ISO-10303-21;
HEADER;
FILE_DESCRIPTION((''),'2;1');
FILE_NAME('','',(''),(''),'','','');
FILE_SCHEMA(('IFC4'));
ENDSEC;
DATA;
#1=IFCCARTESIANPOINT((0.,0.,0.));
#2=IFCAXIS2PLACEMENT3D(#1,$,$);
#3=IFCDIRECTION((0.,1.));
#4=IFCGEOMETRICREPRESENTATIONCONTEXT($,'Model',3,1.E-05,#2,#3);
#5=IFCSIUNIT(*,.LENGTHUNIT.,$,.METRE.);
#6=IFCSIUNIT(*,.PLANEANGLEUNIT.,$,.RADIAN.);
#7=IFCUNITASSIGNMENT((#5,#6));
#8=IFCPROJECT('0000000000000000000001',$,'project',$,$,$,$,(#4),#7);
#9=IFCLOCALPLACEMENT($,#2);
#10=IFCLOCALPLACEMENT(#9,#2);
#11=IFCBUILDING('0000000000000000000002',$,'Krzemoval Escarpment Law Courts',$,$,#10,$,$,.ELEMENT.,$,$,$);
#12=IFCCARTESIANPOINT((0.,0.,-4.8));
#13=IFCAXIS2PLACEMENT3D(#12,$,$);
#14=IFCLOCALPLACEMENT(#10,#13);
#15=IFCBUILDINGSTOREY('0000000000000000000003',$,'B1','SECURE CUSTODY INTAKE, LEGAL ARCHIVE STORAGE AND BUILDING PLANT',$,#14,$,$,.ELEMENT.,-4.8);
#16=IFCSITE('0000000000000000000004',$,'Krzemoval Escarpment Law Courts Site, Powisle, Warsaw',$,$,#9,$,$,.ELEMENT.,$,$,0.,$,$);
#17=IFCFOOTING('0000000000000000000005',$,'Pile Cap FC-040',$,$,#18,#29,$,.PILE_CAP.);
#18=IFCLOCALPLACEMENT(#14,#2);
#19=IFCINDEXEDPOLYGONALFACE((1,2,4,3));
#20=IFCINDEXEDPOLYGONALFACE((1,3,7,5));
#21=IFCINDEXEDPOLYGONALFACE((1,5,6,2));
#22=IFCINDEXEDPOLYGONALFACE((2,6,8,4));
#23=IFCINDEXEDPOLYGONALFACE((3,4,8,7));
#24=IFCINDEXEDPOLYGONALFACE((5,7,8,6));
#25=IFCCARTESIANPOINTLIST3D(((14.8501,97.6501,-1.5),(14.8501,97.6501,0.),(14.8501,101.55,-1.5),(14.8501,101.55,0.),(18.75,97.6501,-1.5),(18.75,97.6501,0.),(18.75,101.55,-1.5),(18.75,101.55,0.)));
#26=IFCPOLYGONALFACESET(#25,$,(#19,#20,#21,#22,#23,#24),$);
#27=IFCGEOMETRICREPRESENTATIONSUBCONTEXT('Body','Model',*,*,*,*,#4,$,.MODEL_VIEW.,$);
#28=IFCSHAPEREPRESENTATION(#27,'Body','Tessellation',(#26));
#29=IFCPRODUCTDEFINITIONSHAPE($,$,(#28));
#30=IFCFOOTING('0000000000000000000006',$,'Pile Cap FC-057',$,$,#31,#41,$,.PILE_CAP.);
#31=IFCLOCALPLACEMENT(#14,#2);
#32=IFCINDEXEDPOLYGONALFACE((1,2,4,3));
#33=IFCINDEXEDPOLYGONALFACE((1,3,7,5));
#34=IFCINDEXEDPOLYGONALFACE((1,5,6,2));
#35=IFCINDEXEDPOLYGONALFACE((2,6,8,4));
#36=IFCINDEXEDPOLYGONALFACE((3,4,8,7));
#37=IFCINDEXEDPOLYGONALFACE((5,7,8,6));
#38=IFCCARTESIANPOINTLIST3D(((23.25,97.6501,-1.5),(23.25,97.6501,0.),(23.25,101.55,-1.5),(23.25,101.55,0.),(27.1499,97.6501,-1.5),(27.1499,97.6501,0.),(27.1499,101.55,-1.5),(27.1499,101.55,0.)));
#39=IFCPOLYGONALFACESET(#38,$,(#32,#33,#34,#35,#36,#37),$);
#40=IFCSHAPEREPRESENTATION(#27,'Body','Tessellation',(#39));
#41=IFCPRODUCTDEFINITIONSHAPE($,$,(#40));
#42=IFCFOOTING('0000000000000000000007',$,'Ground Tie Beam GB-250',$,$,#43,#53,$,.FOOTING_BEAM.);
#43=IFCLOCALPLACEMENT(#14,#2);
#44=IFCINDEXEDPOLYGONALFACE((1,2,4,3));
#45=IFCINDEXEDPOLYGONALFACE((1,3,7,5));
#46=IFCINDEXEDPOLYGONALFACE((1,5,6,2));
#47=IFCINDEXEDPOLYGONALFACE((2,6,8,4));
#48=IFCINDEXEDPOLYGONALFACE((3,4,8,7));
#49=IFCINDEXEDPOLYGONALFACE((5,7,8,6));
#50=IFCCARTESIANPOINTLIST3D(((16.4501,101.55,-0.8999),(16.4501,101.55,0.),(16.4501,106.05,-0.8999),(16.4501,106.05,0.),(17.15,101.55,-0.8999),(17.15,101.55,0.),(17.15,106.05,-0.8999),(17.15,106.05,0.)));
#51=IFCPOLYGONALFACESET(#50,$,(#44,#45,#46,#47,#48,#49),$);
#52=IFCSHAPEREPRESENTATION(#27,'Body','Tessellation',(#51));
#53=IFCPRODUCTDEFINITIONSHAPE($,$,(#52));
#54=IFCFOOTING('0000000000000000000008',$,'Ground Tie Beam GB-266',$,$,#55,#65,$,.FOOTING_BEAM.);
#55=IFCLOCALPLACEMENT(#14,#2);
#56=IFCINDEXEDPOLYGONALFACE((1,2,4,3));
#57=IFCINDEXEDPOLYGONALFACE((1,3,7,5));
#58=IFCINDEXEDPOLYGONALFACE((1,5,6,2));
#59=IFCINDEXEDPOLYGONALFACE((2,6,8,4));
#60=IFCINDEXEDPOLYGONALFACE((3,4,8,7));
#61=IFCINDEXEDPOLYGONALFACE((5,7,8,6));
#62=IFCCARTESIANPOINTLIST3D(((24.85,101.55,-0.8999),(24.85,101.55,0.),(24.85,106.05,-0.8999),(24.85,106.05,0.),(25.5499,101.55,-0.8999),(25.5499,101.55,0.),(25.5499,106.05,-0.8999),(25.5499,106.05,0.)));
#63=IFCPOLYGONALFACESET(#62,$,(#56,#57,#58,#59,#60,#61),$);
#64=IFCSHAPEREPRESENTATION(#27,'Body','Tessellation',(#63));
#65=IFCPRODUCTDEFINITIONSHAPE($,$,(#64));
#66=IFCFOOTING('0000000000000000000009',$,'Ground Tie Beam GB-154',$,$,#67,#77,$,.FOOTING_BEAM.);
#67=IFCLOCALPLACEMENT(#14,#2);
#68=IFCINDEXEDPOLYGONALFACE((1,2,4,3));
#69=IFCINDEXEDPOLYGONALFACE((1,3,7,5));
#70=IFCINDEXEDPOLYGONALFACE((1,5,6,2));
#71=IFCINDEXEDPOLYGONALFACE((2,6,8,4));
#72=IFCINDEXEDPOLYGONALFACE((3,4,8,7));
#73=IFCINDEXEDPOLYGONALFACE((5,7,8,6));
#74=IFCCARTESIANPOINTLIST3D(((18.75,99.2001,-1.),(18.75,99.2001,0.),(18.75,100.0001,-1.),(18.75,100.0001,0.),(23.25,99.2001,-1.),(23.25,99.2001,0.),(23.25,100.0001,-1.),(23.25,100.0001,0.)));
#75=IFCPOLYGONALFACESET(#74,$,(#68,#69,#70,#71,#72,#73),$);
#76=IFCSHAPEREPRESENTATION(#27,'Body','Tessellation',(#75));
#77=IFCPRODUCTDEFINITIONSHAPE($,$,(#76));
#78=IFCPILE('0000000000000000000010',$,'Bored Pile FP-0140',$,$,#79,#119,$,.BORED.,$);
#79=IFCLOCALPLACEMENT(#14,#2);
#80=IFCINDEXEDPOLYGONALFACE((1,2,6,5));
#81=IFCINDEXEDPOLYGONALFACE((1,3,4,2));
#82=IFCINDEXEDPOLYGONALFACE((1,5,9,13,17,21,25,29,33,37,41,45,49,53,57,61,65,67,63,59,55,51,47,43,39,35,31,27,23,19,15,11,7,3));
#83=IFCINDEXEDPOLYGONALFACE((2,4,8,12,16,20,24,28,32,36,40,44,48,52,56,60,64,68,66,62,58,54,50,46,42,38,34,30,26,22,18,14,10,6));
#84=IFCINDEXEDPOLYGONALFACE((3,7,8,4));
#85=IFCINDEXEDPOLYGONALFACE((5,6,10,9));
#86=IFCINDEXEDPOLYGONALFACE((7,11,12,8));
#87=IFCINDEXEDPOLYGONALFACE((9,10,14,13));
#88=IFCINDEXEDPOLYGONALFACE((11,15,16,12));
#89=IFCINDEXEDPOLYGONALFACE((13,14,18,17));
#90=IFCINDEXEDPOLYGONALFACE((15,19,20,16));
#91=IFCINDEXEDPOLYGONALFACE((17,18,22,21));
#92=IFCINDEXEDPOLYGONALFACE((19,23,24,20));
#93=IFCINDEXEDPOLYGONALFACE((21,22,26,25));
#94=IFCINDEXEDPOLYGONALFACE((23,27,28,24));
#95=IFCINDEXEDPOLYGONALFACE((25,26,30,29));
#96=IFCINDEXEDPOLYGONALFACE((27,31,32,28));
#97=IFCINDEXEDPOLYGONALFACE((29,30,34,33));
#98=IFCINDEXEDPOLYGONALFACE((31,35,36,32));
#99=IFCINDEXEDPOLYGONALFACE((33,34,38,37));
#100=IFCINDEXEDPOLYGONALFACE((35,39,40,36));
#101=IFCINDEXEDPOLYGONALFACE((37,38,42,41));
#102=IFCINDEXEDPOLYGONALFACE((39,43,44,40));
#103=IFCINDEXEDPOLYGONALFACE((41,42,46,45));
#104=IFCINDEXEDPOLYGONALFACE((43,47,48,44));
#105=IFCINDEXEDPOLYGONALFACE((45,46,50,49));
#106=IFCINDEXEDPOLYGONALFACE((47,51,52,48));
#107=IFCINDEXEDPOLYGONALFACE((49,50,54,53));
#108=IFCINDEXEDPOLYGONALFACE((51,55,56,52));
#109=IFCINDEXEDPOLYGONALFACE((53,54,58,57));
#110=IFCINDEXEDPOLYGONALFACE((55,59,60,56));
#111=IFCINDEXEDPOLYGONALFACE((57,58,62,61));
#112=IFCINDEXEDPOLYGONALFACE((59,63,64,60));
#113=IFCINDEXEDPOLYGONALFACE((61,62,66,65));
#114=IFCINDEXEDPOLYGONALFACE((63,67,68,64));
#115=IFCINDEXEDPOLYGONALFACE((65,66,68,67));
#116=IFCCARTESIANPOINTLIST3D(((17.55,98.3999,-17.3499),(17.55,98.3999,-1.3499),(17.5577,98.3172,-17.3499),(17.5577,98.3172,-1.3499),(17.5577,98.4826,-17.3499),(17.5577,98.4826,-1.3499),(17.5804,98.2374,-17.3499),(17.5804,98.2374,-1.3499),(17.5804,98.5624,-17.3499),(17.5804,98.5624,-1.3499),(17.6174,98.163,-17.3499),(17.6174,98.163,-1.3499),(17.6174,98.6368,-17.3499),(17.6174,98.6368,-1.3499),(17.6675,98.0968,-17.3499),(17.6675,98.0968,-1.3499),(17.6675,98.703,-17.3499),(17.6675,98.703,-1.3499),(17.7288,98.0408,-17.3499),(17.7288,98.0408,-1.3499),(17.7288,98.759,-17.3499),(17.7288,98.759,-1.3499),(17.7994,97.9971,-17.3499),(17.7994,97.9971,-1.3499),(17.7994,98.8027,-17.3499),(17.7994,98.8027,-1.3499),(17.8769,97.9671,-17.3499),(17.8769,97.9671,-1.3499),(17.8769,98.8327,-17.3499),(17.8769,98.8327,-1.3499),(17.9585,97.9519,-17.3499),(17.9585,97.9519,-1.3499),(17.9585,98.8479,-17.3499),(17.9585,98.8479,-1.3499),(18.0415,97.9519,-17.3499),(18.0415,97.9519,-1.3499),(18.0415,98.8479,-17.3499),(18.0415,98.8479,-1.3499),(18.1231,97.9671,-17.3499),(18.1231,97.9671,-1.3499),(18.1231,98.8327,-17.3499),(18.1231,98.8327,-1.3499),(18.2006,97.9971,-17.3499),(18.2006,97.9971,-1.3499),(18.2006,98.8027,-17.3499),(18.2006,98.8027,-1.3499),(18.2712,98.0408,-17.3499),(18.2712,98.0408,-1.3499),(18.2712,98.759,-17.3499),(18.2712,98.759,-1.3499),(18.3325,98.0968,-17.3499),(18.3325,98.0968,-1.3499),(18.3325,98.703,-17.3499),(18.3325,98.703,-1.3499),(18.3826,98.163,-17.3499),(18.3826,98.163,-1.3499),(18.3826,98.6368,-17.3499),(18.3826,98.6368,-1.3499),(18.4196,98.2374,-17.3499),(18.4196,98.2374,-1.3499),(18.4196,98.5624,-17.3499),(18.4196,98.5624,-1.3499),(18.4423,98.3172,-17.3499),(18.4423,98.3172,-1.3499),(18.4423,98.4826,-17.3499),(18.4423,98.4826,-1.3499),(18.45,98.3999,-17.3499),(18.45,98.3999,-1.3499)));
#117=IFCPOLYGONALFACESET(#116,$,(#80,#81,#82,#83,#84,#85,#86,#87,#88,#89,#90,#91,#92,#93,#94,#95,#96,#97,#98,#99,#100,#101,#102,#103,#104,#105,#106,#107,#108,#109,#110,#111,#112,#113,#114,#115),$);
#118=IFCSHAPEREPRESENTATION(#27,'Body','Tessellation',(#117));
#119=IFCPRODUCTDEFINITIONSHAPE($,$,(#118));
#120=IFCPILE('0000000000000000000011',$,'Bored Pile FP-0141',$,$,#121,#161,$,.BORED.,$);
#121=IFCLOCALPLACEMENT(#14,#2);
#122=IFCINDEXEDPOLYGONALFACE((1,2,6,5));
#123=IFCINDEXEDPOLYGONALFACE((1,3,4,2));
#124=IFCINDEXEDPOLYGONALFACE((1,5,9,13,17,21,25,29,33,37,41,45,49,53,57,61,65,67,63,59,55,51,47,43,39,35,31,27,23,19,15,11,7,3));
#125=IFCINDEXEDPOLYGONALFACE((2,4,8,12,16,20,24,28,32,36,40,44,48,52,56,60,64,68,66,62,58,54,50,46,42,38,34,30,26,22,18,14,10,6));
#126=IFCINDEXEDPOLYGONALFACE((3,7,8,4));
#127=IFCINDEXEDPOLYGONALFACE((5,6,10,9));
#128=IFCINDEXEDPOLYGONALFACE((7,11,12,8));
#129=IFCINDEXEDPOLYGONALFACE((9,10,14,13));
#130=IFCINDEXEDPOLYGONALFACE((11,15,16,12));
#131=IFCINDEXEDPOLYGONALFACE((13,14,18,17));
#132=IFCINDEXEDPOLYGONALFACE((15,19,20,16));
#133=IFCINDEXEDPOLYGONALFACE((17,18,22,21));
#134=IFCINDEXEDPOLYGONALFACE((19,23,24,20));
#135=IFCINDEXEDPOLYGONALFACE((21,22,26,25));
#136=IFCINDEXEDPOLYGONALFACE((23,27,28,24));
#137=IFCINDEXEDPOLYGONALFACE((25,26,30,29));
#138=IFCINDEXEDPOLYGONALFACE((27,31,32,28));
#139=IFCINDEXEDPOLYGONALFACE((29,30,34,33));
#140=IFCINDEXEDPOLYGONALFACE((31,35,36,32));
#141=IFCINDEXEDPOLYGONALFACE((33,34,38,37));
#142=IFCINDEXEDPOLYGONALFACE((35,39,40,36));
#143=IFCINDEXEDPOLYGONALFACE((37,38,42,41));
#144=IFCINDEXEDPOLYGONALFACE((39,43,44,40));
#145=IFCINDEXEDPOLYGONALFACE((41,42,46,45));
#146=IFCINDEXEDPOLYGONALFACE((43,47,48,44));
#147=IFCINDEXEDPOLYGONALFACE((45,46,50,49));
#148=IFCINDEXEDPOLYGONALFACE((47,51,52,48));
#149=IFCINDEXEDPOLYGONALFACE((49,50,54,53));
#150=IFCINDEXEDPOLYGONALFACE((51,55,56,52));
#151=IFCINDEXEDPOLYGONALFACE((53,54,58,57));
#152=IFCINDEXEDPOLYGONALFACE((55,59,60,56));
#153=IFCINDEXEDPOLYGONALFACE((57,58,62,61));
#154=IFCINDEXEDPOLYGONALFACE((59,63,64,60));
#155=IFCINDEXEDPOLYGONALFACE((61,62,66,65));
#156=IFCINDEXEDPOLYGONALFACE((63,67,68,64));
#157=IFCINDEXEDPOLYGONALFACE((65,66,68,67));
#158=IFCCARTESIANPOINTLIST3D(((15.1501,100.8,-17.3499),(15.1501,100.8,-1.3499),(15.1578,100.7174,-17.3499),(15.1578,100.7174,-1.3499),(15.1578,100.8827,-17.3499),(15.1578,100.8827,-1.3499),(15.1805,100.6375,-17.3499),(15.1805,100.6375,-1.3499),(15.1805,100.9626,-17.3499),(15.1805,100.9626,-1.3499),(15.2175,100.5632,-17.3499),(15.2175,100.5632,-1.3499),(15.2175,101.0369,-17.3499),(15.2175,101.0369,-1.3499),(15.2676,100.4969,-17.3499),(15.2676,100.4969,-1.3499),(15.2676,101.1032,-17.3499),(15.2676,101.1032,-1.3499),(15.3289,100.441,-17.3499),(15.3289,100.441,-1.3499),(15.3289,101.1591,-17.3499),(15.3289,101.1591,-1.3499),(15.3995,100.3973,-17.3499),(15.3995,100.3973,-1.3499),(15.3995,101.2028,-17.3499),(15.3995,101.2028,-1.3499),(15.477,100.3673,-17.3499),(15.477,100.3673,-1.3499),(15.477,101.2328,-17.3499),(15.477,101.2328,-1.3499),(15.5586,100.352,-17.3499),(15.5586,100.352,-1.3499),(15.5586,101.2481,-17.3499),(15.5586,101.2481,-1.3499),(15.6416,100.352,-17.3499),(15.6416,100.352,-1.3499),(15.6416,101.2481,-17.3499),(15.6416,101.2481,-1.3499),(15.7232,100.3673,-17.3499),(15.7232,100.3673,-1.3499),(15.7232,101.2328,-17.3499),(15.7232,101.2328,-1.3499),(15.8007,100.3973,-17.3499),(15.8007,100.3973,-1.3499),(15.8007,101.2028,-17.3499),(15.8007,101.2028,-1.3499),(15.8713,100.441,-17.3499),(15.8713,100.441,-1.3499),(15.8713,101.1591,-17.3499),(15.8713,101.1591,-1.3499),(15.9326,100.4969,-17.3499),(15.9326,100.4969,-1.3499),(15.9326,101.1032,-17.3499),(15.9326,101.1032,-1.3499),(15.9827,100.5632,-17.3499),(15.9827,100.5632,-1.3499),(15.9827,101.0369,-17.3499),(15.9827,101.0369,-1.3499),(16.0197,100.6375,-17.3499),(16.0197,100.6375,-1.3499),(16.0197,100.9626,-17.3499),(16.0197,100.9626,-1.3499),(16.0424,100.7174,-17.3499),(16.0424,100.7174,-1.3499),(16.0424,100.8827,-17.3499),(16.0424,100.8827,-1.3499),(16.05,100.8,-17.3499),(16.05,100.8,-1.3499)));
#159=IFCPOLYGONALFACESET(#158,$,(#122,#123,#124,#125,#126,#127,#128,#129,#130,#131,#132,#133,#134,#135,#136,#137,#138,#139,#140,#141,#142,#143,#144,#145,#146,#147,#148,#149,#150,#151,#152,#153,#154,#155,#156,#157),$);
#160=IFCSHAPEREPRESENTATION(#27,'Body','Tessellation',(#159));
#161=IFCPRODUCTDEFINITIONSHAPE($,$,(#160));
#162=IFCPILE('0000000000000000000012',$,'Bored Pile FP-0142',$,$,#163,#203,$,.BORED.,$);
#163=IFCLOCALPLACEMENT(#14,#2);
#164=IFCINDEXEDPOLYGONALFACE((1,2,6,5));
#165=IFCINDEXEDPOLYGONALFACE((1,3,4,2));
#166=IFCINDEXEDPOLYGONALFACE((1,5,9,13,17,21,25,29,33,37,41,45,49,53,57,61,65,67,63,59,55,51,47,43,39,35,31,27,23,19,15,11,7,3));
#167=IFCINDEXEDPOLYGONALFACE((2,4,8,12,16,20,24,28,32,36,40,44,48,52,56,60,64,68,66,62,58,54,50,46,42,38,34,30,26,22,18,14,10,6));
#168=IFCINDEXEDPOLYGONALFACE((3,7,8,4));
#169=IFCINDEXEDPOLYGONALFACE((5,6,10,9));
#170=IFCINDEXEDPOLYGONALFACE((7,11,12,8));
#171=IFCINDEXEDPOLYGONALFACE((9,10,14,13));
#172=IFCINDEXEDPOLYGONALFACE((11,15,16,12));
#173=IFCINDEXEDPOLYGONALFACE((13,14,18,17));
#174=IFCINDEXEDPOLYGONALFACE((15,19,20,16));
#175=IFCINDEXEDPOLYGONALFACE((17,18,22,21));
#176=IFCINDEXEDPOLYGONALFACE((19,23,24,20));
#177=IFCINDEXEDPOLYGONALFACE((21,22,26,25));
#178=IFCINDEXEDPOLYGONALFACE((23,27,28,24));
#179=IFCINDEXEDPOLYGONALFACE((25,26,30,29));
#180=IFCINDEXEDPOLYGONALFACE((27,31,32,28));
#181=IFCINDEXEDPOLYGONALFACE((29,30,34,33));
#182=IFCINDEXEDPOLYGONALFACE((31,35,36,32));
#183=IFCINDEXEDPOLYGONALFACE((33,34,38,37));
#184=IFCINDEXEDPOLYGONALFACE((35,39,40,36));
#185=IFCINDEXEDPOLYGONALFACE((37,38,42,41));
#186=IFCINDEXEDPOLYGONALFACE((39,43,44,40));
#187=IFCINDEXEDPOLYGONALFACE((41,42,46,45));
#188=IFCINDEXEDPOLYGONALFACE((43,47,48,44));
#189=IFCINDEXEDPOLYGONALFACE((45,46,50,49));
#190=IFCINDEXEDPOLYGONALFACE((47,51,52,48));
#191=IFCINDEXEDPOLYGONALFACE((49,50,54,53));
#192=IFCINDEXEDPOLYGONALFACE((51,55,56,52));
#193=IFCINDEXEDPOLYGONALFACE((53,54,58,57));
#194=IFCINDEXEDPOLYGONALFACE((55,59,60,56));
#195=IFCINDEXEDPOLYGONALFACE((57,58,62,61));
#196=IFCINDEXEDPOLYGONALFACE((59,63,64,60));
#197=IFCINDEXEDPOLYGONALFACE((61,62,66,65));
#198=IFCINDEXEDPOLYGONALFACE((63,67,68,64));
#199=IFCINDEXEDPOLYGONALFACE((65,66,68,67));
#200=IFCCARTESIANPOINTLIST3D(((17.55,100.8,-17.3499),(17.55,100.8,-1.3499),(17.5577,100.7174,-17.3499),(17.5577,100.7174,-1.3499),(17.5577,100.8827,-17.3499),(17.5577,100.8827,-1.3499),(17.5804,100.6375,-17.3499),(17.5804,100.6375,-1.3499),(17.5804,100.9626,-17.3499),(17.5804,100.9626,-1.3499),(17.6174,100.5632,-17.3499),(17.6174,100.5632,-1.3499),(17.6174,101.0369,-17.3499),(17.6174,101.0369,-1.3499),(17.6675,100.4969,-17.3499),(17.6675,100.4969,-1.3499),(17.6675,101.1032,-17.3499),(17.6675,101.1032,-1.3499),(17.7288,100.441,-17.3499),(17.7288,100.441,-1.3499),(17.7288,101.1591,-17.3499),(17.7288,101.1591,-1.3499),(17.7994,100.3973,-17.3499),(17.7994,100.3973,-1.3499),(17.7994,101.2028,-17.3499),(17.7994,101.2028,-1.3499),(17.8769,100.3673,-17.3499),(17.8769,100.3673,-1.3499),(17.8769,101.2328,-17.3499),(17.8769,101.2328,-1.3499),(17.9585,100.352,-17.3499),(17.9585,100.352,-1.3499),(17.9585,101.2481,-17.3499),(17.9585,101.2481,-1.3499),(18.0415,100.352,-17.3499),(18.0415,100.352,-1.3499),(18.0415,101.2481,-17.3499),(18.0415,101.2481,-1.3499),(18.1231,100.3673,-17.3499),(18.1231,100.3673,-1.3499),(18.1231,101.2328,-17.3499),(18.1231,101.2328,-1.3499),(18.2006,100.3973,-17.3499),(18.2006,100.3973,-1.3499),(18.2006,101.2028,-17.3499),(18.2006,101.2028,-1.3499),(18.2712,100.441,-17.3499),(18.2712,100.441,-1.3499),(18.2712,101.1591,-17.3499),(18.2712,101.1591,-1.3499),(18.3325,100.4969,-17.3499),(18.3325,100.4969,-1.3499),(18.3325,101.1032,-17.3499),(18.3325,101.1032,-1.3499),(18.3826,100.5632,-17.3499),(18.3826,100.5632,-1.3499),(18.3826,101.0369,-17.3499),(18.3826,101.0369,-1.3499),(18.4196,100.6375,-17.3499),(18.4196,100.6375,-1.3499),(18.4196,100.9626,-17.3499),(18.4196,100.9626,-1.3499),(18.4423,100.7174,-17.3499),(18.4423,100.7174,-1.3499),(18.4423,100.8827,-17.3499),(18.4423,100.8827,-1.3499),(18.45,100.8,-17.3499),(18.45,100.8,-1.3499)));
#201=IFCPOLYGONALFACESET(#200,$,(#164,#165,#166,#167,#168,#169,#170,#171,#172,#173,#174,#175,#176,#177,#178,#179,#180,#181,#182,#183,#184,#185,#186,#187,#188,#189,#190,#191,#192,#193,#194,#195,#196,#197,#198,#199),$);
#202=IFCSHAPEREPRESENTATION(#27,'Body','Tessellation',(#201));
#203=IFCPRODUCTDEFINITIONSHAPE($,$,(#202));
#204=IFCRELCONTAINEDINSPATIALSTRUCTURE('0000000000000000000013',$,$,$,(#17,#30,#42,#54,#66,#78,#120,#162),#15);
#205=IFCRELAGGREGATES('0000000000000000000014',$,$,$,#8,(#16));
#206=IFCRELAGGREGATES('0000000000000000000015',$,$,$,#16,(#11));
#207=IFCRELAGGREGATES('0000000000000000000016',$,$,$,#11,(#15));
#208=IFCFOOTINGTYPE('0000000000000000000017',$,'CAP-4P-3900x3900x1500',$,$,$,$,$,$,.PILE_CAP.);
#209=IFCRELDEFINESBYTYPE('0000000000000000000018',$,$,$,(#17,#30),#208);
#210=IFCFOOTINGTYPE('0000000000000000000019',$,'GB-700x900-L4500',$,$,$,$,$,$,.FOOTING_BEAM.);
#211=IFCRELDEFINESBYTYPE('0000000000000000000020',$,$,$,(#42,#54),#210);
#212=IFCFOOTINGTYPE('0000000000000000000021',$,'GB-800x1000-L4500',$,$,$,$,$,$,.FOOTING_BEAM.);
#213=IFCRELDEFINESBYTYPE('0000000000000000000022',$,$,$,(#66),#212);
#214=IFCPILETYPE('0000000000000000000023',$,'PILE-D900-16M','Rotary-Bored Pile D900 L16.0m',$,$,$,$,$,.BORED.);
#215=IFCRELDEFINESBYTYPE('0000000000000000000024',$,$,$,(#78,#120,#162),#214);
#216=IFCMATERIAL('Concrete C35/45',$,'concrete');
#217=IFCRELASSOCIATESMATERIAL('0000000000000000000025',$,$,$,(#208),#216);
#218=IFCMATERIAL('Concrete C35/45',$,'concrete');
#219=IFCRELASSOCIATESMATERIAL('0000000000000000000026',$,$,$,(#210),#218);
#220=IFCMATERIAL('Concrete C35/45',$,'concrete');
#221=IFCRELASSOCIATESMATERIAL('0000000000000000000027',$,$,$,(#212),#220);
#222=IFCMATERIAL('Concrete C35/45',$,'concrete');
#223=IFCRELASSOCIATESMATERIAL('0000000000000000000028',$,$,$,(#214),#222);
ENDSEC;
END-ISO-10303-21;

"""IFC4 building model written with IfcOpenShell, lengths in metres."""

from ifc_helpers import new_model, si_unit, direction, frame, origin, origin_2d, place, context, subcontext, project, spatial, rectangle, circle, extrude, material, material_profile, profile_set, type_object, element, save


model = new_model("IFC4")

# Units and contexts
model_context = context("Model", 3, precision=1e-05, world=origin(), true_north=direction((0.0, 1.0)))
body_context = subcontext(model_context, "Body", "Model", "MODEL_VIEW")
ifc_project = project(units=[si_unit("LENGTHUNIT", "METRE"), si_unit("PLANEANGLEUNIT", "RADIAN")], contexts=[model_context])

# Site, building, storey
site_placement = place(None, origin())
site = spatial("IfcSite", under=ifc_project, at=site_placement, Name="Krzemoval Escarpment Law Courts Site, Powisle, Warsaw", CompositionType="ELEMENT", RefElevation=0.0)
building_placement = place(site_placement, origin())
building = spatial("IfcBuilding", under=site, at=building_placement, Name="Krzemoval Escarpment Law Courts", CompositionType="ELEMENT")
storey_placement = place(building_placement, frame((0.0, 0.0, -4.8)))
storey = spatial("IfcBuildingStorey", under=building, at=storey_placement, Name="B1", Description="SECURE CUSTODY INTAKE, LEGAL ARCHIVE STORAGE AND BUILDING PLANT", CompositionType="ELEMENT", Elevation=-4.8)

# Footings
ifc_material_1 = material(Name="Concrete C35/45", Category="concrete")
footing_type_1 = type_object("IfcFootingType", Name="CAP-4P-3900x3900x1500", PredefinedType="PILE_CAP", material=ifc_material_1)
for number, where, z_axis, x_axis, name in (
    (1, (16.8, 99.6001, -1.5), (0.0, 0.0, 1.0), (1.0, 0.0, 0.0), "Pile Cap FC-040"),
    (2, (25.2, 99.6001, -1.5), (0.0, 0.0, 1.0), (1.0, 0.0, 0.0), "Pile Cap FC-057"),
):
    element("IfcFooting", number, at=place(storey_placement, frame(where, z_axis=z_axis, x_axis=x_axis)), inside=storey, type_object=footing_type_1, Name=name, PredefinedType="PILE_CAP", context=body_context, shape_type="SweptSolid", body=[
        extrude(rectangle(XDim=3.8999, YDim=3.8999, at=origin_2d()), origin(), (0.0, 0.0, 1.0), 1.5),
    ])
ifc_material_2 = material(Name="Concrete C35/45", Category="concrete")
footing_type_2 = type_object("IfcFootingType", Name="GB-700x900-L4500", PredefinedType="FOOTING_BEAM", material=ifc_material_2)
for number, where, z_axis, x_axis, name in (
    (3, (16.8, 103.8, -0.8999), (0.0, 0.0, 1.0), (0.0, 1.0, 0.0), "Ground Tie Beam GB-250"),
    (4, (25.2, 103.8, -0.8999), (0.0, 0.0, 1.0), (0.0, 1.0, 0.0), "Ground Tie Beam GB-266"),
):
    element("IfcFooting", number, at=place(storey_placement, frame(where, z_axis=z_axis, x_axis=x_axis)), inside=storey, type_object=footing_type_2, Name=name, PredefinedType="FOOTING_BEAM", context=body_context, shape_type="SweptSolid", body=[
        extrude(rectangle(XDim=4.5, YDim=0.7, at=origin_2d()), origin(), (0.0, 0.0, 1.0), 0.8999),
    ])
ifc_material_3 = material(Name="Concrete C35/45", Category="concrete")
footing_type_3 = type_object("IfcFootingType", Name="GB-800x1000-L4500", PredefinedType="FOOTING_BEAM", material=ifc_material_3)
footing_placement = place(storey_placement, frame((21.0, 99.6001, -1.0), z_axis=(0.0, 0.0, 1.0), x_axis=(1.0, 0.0, 0.0)))
element("IfcFooting", 5, at=footing_placement, inside=storey, type_object=footing_type_3, Name="Ground Tie Beam GB-154", PredefinedType="FOOTING_BEAM", context=body_context, shape_type="SweptSolid", body=[
    extrude(rectangle(XDim=4.5, YDim=0.8, at=origin_2d()), origin(), (0.0, 0.0, 1.0), 1.0),
])

# Piles
ifc_material_4 = material(Name="Concrete C35/45", Category="concrete")
ifc_material_profile_1 = material_profile(ifc_material_4, circle(Radius=0.45, at=origin_2d()), Name="PILE D900")
ifc_profile_set_1 = profile_set([ifc_material_profile_1], Name="Concrete C35/45")
pile_type = type_object("IfcPileType", Name="PILE-D900-16M", Description="Rotary-Bored Pile D900 L16.0m", PredefinedType="BORED", material=ifc_profile_set_1)
for number, where, z_axis, x_axis, name in (
    (6, (18.0, 98.3999, -1.3499), (0.0, 0.0, -1.0), (1.0, 0.0, 0.0), "Bored Pile FP-0140"),
    (7, (15.6001, 100.8, -1.3499), (0.0, 0.0, -1.0), (1.0, 0.0, 0.0), "Bored Pile FP-0141"),
    (8, (18.0, 100.8, -1.3499), (0.0, 0.0, -1.0), (1.0, 0.0, 0.0), "Bored Pile FP-0142"),
):
    element("IfcPile", number, at=place(storey_placement, frame(where, z_axis=z_axis, x_axis=x_axis)), inside=storey, type_object=pile_type, Name=name, PredefinedType="BORED", context=body_context, shape_type="SweptSolid", body=[
        extrude(circle(Radius=0.45, at=origin_2d()), origin(), (0.0, 0.0, 1.0), 16.0),
    ])

save(model, "model.ifc")
